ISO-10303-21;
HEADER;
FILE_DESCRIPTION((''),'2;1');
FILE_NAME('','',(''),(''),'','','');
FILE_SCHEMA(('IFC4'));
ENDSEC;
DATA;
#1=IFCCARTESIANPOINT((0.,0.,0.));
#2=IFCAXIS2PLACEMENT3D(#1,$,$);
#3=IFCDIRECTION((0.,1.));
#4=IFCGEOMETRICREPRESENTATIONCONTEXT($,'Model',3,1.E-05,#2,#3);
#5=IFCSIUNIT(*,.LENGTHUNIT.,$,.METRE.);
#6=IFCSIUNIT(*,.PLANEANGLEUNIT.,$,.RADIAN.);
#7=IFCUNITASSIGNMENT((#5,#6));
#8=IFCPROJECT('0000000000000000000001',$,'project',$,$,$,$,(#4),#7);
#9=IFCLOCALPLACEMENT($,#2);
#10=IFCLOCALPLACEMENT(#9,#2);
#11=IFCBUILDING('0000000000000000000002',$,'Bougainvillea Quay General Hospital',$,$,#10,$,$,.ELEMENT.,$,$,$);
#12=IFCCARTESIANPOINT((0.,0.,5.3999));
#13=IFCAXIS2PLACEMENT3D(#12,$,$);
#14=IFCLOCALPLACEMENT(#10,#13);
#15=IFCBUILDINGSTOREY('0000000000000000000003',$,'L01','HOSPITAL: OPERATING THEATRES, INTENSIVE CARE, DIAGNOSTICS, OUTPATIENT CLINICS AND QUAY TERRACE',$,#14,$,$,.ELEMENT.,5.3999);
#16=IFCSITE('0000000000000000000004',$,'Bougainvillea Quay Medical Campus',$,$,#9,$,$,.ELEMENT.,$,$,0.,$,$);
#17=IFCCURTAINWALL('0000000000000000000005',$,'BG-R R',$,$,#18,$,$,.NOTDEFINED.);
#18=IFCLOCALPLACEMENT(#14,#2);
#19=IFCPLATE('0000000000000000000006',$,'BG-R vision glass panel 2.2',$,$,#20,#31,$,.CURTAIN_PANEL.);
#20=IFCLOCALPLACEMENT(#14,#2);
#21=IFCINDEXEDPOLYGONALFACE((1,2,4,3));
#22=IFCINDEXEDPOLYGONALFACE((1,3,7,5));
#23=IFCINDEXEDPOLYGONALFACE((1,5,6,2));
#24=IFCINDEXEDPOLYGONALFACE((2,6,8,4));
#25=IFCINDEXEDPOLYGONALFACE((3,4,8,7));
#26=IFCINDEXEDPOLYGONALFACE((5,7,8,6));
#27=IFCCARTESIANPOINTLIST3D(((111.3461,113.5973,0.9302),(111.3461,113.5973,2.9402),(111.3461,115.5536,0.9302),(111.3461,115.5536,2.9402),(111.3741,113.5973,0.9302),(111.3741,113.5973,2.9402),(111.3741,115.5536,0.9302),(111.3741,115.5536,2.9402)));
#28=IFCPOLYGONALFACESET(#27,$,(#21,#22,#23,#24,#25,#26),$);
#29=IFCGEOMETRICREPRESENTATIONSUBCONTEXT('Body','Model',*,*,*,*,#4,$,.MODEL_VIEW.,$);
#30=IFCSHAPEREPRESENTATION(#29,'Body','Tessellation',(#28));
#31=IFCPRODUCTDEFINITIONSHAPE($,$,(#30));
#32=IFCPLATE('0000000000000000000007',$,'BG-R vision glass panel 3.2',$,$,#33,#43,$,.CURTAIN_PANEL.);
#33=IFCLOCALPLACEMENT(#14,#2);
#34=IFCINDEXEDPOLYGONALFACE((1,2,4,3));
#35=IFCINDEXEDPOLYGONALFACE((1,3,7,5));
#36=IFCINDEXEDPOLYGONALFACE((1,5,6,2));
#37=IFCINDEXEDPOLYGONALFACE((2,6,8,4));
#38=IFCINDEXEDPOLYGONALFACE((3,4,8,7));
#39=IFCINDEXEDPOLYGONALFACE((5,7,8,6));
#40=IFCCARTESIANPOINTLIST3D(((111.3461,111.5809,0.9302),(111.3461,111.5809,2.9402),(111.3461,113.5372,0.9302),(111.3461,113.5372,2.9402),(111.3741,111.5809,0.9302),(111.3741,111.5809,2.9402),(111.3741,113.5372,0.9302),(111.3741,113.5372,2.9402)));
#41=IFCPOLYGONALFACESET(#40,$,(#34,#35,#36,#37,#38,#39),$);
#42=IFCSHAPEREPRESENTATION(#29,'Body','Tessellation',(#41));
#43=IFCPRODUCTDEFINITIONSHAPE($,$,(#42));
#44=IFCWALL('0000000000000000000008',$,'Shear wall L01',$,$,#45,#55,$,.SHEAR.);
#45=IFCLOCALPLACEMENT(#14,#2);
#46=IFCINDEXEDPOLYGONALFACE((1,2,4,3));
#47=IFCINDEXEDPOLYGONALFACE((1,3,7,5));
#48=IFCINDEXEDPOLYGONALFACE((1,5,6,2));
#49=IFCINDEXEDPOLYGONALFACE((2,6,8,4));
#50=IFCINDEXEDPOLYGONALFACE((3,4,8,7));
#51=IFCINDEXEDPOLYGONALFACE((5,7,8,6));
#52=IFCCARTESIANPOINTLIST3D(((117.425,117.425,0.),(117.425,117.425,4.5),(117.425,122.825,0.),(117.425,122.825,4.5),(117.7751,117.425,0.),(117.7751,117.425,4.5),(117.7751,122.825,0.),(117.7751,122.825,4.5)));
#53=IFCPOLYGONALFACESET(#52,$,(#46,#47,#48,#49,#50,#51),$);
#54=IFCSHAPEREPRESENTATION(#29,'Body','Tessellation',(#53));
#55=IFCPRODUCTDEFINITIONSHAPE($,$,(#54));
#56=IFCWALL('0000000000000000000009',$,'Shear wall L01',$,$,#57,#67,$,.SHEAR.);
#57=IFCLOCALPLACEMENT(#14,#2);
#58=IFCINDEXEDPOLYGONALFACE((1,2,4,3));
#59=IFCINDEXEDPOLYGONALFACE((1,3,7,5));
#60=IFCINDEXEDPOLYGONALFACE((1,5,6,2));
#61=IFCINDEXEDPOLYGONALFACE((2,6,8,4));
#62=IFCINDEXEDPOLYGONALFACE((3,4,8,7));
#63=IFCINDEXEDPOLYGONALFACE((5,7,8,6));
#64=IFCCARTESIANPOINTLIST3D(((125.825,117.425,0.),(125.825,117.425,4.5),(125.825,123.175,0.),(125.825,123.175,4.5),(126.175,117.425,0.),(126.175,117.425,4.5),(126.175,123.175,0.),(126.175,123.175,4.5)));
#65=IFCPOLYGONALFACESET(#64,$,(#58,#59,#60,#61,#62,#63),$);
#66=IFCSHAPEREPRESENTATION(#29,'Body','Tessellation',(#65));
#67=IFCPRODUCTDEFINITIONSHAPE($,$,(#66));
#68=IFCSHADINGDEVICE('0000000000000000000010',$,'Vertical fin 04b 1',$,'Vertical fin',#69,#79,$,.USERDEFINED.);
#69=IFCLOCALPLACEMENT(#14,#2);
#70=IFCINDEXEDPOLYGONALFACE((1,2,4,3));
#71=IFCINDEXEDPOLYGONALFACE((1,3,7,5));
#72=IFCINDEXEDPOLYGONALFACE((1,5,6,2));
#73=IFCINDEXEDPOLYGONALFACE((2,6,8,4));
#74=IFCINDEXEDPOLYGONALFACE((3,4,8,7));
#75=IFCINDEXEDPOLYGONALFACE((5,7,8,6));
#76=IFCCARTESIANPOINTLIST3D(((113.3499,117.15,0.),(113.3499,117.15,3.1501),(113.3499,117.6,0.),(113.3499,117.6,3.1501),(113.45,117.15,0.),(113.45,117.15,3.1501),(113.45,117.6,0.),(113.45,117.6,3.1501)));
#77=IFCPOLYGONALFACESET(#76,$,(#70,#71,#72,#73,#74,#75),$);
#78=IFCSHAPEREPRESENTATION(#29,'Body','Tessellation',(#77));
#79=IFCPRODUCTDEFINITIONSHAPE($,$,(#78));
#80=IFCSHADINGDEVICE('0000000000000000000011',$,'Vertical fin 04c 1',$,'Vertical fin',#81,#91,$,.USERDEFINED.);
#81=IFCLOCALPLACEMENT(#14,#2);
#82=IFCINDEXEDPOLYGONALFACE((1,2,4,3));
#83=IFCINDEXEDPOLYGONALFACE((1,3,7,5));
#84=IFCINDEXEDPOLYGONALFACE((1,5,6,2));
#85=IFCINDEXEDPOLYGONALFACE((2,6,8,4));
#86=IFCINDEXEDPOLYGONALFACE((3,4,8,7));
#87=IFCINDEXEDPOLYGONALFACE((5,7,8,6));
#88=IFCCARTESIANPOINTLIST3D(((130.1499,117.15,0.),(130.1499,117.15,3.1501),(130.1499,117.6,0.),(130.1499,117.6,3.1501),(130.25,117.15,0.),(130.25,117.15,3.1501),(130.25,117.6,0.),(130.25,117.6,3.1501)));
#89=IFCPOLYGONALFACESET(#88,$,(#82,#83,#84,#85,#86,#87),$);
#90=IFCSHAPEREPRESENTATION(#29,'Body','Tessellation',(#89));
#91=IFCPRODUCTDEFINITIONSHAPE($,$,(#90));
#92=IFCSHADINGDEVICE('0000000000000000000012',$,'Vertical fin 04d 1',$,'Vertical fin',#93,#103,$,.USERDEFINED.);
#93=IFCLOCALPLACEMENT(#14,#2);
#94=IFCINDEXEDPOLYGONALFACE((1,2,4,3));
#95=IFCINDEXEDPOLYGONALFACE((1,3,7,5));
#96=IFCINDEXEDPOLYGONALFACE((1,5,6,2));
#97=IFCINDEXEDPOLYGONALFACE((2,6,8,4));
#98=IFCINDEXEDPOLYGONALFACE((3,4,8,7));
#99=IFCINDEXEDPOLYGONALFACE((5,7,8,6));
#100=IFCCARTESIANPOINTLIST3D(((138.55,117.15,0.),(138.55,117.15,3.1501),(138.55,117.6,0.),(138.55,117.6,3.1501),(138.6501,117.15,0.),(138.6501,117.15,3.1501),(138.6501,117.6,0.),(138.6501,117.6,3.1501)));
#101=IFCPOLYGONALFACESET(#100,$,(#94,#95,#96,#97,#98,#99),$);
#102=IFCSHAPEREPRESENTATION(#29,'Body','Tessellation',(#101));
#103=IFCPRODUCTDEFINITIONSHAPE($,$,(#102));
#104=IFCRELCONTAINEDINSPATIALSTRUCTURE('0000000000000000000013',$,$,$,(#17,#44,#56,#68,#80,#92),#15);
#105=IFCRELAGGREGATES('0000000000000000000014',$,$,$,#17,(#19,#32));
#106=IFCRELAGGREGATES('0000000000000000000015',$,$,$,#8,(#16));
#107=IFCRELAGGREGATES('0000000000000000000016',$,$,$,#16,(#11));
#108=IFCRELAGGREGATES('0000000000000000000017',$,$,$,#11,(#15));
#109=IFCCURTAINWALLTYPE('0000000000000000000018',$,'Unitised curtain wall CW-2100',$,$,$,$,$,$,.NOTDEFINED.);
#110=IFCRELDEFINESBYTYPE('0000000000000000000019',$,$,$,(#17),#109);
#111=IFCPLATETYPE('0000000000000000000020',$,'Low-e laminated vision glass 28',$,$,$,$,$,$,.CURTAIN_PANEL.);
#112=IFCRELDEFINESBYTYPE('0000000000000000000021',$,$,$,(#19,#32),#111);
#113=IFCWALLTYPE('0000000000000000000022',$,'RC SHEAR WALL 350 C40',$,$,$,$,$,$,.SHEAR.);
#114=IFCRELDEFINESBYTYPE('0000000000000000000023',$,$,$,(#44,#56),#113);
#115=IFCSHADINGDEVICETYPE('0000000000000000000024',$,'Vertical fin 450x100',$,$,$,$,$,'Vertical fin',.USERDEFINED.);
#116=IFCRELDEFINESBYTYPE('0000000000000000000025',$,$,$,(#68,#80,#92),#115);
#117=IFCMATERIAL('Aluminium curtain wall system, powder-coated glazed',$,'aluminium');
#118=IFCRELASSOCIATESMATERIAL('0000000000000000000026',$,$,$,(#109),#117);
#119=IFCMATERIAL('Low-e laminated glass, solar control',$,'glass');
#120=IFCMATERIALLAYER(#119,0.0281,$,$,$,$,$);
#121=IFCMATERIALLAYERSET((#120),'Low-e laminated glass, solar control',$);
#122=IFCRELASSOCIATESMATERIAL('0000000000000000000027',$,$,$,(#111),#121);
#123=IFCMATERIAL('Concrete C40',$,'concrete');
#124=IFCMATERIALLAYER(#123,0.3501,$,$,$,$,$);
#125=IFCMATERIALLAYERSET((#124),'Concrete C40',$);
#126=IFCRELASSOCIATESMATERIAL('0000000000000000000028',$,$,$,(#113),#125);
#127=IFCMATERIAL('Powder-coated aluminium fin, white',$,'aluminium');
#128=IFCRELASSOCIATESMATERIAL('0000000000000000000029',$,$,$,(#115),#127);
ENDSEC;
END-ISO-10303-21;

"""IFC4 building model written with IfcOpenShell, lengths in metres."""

from ifc_helpers import new_model, si_unit, direction, frame, frame_2d, origin, origin_2d, place, context, subcontext, project, spatial, rectangle, extrude, material, layer, layer_set, material_profile, profile_set, type_object, element, aggregate, save


model = new_model("IFC4")

# Units and contexts
model_context = context("Model", 3, precision=1e-05, world=origin(), true_north=direction((0.0, 1.0)))
body_context = subcontext(model_context, "Body", "Model", "MODEL_VIEW")
ifc_project = project(units=[si_unit("LENGTHUNIT", "METRE"), si_unit("PLANEANGLEUNIT", "RADIAN")], contexts=[model_context])

# Site, building, storey
site_placement = place(None, origin())
site = spatial("IfcSite", under=ifc_project, at=site_placement, Name="Bougainvillea Quay Medical Campus", CompositionType="ELEMENT", RefElevation=0.0)
building_placement = place(site_placement, origin())
building = spatial("IfcBuilding", under=site, at=building_placement, Name="Bougainvillea Quay General Hospital", CompositionType="ELEMENT")
storey_placement = place(building_placement, frame((0.0, 0.0, 5.3999)))
storey = spatial("IfcBuildingStorey", under=building, at=storey_placement, Name="L01", Description="HOSPITAL: OPERATING THEATRES, INTENSIVE CARE, DIAGNOSTICS, OUTPATIENT CLINICS AND QUAY TERRACE", CompositionType="ELEMENT", Elevation=5.3999)

# Curtain wall, plates
ifc_material_1 = material(Name="Aluminium curtain wall system, powder-coated glazed", Category="aluminium")
curtain_wall_type = type_object("IfcCurtainWallType", Name="Unitised curtain wall CW-2100", PredefinedType="NOTDEFINED", material=ifc_material_1)
curtain_wall_placement = place(storey_placement, origin())
curtain_wall = element("IfcCurtainWall", 1, at=curtain_wall_placement, inside=storey, type_object=curtain_wall_type, Name="BG-R R", PredefinedType="NOTDEFINED")
ifc_material_2 = material(Name="Low-e laminated glass, solar control", Category="glass")
ifc_layer_1 = layer(ifc_material_2, 0.0281)
ifc_layer_set_1 = layer_set([ifc_layer_1], Name="Low-e laminated glass, solar control")
plate_type_1 = type_object("IfcPlateType", Name="Low-e laminated vision glass 28", PredefinedType="CURTAIN_PANEL", material=ifc_layer_set_1)
plate_1_placement = place(storey_placement, frame((111.3601, 114.5754, 0.9302), z_axis=(0.0, 0.0, 1.0), x_axis=(0.0, -1.0, 0.0)))
plate_1 = element("IfcPlate", 2, at=plate_1_placement, type_object=plate_type_1, Name="BG-R vision glass panel 2.2", PredefinedType="CURTAIN_PANEL", context=body_context, shape_type="SweptSolid", body=[
    extrude(rectangle(XDim=1.9563, YDim=0.0281, at=origin_2d()), origin(), (0.0, 0.0, 1.0), 2.01),
])
plate_2_placement = place(storey_placement, frame((111.3601, 112.5591, 0.9302), z_axis=(0.0, 0.0, 1.0), x_axis=(0.0, -1.0, 0.0)))
plate_2 = element("IfcPlate", 3, at=plate_2_placement, type_object=plate_type_1, Name="BG-R vision glass panel 3.2", PredefinedType="CURTAIN_PANEL", context=body_context, shape_type="SweptSolid", body=[
    extrude(rectangle(XDim=1.9563, YDim=0.0281, at=origin_2d()), origin(), (0.0, 0.0, 1.0), 2.01),
])
aggregate(curtain_wall, [plate_1, plate_2])

# Walls
ifc_material_3 = material(Name="Concrete C40", Category="concrete")
ifc_layer_2 = layer(ifc_material_3, 0.3501)
ifc_layer_set_2 = layer_set([ifc_layer_2], Name="Concrete C40")
wall_type = type_object("IfcWallType", Name="RC SHEAR WALL 350 C40", PredefinedType="SHEAR", material=ifc_layer_set_2)
wall_1_placement = place(storey_placement, frame((117.6001, 117.425, 0.0), z_axis=(0.0, 0.0, 1.0), x_axis=(0.0, 1.0, 0.0)))
element("IfcWall", 4, at=wall_1_placement, inside=storey, type_object=wall_type, Name="Shear wall L01", PredefinedType="SHEAR", context=body_context, shape_type="SweptSolid", body=[
    extrude(rectangle(XDim=5.3999, YDim=0.3501, at=frame_2d((2.7, 0.0))), origin(), (0.0, 0.0, 1.0), 4.5),
])
wall_2_placement = place(storey_placement, frame((126.0, 117.425, 0.0), z_axis=(0.0, 0.0, 1.0), x_axis=(0.0, 1.0, 0.0)))
element("IfcWall", 5, at=wall_2_placement, inside=storey, type_object=wall_type, Name="Shear wall L01", PredefinedType="SHEAR", context=body_context, shape_type="SweptSolid", body=[
    extrude(rectangle(XDim=5.75, YDim=0.3501, at=frame_2d((2.875, 0.0))), origin(), (0.0, 0.0, 1.0), 4.5),
])

# Shading devices
ifc_material_4 = material(Name="Powder-coated aluminium fin, white", Category="aluminium")
ifc_material_profile_1 = material_profile(ifc_material_4, rectangle(XDim=0.45, YDim=0.1001, at=origin_2d()))
ifc_profile_set_1 = profile_set([ifc_material_profile_1], Name="Powder-coated aluminium fin, white")
shading_device_type = type_object("IfcShadingDeviceType", Name="Vertical fin 450x100", ElementType="Vertical fin", PredefinedType="USERDEFINED", material=ifc_profile_set_1)
for number, where, z_axis, x_axis, name in (
    (6, (113.3999, 117.375, 0.0), (0.0, 0.0, 1.0), (0.0, -1.0, 0.0), "Vertical fin 04b 1"),
    (7, (130.2, 117.375, 0.0), (0.0, 0.0, 1.0), (0.0, -1.0, 0.0), "Vertical fin 04c 1"),
    (8, (138.6001, 117.375, 0.0), (0.0, 0.0, 1.0), (0.0, -1.0, 0.0), "Vertical fin 04d 1"),
):
    element("IfcShadingDevice", number, at=place(storey_placement, frame(where, z_axis=z_axis, x_axis=x_axis)), inside=storey, type_object=shading_device_type, Name=name, ObjectType="Vertical fin", PredefinedType="USERDEFINED", context=body_context, shape_type="SweptSolid", body=[
        extrude(rectangle(XDim=0.45, YDim=0.1001, at=origin_2d()), origin(), (0.0, 0.0, 1.0), 3.1501),
    ])

save(model, "model.ifc")
